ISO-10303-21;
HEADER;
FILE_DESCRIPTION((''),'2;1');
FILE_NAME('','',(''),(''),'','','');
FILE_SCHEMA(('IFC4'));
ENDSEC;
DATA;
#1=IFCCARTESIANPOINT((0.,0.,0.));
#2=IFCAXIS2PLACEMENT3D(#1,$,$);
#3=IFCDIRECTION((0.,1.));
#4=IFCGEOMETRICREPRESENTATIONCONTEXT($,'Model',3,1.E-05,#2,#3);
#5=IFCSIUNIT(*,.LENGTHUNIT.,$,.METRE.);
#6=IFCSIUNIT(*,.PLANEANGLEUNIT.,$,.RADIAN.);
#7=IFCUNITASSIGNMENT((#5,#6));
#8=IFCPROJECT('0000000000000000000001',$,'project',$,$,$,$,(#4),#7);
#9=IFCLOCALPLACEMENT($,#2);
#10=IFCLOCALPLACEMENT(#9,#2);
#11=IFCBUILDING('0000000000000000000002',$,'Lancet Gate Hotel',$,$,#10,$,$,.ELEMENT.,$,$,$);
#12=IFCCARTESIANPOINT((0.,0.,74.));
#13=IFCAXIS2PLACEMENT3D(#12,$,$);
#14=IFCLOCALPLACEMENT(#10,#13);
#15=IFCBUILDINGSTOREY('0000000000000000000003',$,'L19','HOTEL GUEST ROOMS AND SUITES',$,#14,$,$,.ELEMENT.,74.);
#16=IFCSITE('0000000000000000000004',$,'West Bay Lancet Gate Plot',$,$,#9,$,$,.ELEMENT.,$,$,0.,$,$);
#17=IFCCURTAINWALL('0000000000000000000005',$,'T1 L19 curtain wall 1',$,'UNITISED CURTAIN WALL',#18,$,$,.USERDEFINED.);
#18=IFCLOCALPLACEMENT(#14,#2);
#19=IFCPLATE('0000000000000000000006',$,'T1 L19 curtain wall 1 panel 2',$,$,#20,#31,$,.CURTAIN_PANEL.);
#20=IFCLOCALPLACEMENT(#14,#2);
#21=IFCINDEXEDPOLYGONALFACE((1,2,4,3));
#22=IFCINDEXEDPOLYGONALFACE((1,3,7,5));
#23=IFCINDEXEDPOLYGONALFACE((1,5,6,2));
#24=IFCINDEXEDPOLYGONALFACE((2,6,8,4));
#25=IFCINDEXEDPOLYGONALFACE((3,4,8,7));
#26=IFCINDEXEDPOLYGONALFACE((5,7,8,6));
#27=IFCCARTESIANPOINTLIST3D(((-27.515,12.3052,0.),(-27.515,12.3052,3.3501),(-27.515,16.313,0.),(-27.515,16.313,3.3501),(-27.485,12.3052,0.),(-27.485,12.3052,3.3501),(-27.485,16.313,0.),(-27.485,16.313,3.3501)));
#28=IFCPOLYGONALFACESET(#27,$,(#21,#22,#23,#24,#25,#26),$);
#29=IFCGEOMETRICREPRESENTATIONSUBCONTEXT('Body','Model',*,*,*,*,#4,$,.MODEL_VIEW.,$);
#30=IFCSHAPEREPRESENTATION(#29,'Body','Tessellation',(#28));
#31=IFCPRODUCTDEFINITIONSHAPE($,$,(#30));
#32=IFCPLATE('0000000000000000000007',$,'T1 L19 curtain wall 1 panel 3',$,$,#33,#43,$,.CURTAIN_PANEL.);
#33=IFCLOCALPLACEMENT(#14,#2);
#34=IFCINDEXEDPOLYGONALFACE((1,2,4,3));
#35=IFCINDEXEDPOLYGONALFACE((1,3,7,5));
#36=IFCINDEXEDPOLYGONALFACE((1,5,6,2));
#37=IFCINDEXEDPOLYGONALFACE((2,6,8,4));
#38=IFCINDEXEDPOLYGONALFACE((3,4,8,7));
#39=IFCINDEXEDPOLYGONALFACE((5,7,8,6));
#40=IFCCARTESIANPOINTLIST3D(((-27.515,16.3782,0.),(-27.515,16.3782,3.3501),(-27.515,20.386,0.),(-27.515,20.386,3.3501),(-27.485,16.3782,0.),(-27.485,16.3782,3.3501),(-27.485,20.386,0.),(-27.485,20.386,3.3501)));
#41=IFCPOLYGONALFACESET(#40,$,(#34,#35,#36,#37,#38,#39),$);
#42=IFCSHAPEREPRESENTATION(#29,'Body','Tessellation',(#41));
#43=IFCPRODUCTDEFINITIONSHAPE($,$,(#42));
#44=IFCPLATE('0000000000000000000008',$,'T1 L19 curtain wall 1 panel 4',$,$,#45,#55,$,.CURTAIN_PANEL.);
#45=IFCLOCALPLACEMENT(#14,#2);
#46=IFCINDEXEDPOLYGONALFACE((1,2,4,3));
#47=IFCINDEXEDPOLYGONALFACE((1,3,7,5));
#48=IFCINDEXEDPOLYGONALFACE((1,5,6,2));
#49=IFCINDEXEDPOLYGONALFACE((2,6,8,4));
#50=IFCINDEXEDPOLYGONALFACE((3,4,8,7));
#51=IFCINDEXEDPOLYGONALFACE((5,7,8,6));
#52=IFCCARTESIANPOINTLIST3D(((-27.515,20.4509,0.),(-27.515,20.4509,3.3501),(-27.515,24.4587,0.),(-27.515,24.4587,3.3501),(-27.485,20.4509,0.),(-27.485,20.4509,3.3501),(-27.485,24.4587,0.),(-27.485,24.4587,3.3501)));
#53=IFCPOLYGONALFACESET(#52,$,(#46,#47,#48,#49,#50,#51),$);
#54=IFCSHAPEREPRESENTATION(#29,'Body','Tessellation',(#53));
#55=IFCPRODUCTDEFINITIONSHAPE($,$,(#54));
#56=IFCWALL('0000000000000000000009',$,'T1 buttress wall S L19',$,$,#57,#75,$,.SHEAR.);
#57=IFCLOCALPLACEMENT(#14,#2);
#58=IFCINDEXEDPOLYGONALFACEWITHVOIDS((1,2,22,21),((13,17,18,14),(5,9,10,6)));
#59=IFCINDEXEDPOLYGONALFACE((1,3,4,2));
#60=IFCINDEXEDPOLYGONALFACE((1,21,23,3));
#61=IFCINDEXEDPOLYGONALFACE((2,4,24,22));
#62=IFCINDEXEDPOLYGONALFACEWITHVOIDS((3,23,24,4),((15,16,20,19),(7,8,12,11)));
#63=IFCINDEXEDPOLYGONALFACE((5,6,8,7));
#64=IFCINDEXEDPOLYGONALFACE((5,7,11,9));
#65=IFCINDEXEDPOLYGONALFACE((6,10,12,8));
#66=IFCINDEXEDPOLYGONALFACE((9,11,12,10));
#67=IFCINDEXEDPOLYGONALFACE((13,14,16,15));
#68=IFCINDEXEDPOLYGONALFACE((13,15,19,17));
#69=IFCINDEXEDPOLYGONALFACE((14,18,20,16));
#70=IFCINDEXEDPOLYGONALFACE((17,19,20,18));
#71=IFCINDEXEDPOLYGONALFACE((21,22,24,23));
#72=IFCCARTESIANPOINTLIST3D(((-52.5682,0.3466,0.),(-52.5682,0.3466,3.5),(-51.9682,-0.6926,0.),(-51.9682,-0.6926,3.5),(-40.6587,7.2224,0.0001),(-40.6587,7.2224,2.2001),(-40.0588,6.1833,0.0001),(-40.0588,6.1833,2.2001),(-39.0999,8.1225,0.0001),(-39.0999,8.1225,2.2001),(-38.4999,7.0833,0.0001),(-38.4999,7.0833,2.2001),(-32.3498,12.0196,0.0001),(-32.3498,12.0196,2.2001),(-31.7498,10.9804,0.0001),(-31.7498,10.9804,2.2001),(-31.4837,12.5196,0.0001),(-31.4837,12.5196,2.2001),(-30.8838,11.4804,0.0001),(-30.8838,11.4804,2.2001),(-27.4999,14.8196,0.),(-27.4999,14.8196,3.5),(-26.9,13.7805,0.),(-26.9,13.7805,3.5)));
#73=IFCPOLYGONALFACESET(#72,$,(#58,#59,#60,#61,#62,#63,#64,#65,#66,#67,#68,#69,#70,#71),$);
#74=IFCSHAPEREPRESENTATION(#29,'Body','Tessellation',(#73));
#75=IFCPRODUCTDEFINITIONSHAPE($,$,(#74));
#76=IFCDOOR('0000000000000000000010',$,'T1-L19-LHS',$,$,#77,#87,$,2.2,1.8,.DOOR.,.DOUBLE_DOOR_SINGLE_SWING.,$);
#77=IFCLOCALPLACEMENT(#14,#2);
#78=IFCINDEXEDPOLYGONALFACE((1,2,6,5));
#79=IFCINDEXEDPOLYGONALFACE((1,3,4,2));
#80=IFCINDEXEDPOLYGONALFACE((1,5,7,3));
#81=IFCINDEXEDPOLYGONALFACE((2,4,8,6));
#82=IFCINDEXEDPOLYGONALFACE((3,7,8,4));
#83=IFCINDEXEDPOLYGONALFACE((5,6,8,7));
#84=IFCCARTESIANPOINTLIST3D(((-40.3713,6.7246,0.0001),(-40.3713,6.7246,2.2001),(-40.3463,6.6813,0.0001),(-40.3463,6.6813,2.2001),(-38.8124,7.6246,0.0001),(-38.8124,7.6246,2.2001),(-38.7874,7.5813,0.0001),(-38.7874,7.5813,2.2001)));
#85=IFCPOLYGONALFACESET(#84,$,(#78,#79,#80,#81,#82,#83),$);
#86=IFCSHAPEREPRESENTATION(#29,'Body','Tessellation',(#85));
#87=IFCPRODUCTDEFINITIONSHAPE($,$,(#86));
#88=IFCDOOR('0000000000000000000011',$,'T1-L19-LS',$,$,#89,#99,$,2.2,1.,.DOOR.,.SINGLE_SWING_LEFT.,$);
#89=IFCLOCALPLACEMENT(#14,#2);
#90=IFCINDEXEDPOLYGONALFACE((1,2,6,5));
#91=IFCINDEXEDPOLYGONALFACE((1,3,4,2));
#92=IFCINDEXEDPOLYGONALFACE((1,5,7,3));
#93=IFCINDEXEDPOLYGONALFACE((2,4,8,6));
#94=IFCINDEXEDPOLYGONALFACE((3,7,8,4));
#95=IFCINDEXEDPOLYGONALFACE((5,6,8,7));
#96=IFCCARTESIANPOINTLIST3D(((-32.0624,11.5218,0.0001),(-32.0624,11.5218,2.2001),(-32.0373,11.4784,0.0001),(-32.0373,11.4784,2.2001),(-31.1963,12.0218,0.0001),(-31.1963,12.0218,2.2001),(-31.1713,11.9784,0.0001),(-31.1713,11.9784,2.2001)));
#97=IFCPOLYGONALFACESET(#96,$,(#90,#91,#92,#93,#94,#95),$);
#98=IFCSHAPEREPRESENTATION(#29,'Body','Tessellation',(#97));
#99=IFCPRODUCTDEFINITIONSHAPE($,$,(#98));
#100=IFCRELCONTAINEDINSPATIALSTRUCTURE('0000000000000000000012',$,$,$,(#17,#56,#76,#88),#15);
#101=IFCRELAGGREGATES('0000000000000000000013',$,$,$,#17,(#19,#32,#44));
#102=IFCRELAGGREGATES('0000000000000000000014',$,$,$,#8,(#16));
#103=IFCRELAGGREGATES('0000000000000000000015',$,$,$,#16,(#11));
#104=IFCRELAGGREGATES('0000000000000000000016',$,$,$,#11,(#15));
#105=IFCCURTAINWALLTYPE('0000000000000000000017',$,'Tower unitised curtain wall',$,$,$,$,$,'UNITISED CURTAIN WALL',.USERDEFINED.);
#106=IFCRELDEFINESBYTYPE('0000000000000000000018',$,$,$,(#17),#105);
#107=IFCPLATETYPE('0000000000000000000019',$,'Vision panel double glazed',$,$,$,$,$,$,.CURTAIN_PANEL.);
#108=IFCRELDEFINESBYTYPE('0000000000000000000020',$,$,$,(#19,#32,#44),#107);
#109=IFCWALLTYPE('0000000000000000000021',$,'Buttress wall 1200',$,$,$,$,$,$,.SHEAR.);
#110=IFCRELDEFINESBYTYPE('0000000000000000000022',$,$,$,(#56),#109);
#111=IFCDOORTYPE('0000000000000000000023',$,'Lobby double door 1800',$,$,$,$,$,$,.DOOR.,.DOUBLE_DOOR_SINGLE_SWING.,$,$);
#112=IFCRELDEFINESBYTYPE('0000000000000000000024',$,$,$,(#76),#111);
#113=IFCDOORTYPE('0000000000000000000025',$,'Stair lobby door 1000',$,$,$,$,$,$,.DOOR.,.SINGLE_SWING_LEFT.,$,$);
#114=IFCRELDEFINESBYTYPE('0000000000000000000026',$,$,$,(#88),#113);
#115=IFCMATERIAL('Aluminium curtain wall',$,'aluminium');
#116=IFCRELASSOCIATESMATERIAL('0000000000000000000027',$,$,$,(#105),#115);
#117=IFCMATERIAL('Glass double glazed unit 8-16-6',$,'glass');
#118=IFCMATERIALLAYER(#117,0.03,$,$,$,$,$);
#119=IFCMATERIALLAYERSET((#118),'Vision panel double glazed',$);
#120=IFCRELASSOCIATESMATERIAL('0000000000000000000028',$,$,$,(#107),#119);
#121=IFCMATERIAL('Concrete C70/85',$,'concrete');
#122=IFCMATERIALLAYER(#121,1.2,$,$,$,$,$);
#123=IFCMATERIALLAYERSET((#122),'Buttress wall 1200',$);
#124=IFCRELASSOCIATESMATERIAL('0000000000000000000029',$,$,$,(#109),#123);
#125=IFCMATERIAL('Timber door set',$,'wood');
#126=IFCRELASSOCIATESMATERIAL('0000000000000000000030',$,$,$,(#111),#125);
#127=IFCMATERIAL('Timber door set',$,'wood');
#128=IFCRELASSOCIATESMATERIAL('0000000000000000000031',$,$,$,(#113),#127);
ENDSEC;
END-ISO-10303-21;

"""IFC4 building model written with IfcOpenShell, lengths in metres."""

from ifc_helpers import new_model, si_unit, direction, frame, frame_2d, origin, origin_2d, place, context, subcontext, project, spatial, rectangle, extrude, material, layer, layer_set, type_object, element, fill, aggregate, save


model = new_model("IFC4")

# Units and contexts
model_context = context("Model", 3, precision=1e-05, world=origin(), true_north=direction((0.0, 1.0)))
body_context = subcontext(model_context, "Body", "Model", "MODEL_VIEW")
ifc_project = project(units=[si_unit("LENGTHUNIT", "METRE"), si_unit("PLANEANGLEUNIT", "RADIAN")], contexts=[model_context])

# Site, building, storey
site_placement = place(None, origin())
site = spatial("IfcSite", under=ifc_project, at=site_placement, Name="West Bay Lancet Gate Plot", CompositionType="ELEMENT", RefElevation=0.0)
building_placement = place(site_placement, origin())
building = spatial("IfcBuilding", under=site, at=building_placement, Name="Lancet Gate Hotel", CompositionType="ELEMENT")
storey_placement = place(building_placement, frame((0.0, 0.0, 74.0)))
storey = spatial("IfcBuildingStorey", under=building, at=storey_placement, Name="L19", Description="HOTEL GUEST ROOMS AND SUITES", CompositionType="ELEMENT", Elevation=74.0)

# Curtain wall
ifc_material_1 = material(Name="Aluminium curtain wall", Category="aluminium")
curtain_wall_type = type_object("IfcCurtainWallType", Name="Tower unitised curtain wall", ElementType="UNITISED CURTAIN WALL", PredefinedType="USERDEFINED", material=ifc_material_1)
curtain_wall_placement = place(storey_placement, origin())
curtain_wall = element("IfcCurtainWall", 1, at=curtain_wall_placement, inside=storey, type_object=curtain_wall_type, Name="T1 L19 curtain wall 1", ObjectType="UNITISED CURTAIN WALL", PredefinedType="USERDEFINED")

# Plates
ifc_material_2 = material(Name="Glass double glazed unit 8-16-6", Category="glass")
ifc_layer_1 = layer(ifc_material_2, 0.03)
ifc_layer_set_1 = layer_set([ifc_layer_1], Name="Vision panel double glazed")
plate_type = type_object("IfcPlateType", Name="Vision panel double glazed", PredefinedType="CURTAIN_PANEL", material=ifc_layer_set_1)
plate_1_placement = place(storey_placement, frame((-27.5, 14.3091, 0.0), z_axis=(0.0, 0.0, 1.0), x_axis=(0.0, 1.0, 0.0)))
plate_1 = element("IfcPlate", 2, at=plate_1_placement, type_object=plate_type, Name="T1 L19 curtain wall 1 panel 2", PredefinedType="CURTAIN_PANEL", context=body_context, shape_type="SweptSolid", body=[
    extrude(rectangle(XDim=4.0078, YDim=0.03, at=origin_2d()), origin(), (0.0, 0.0, 1.0), 3.3501),
])
plate_2_placement = place(storey_placement, frame((-27.5, 18.3821, 0.0), z_axis=(0.0, 0.0, 1.0), x_axis=(0.0, 1.0, 0.0)))
plate_2 = element("IfcPlate", 3, at=plate_2_placement, type_object=plate_type, Name="T1 L19 curtain wall 1 panel 3", PredefinedType="CURTAIN_PANEL", context=body_context, shape_type="SweptSolid", body=[
    extrude(rectangle(XDim=4.0078, YDim=0.03, at=origin_2d()), origin(), (0.0, 0.0, 1.0), 3.3501),
])
plate_3_placement = place(storey_placement, frame((-27.5, 22.4548, 0.0), z_axis=(0.0, 0.0, 1.0), x_axis=(0.0, 1.0, 0.0)))
plate_3 = element("IfcPlate", 4, at=plate_3_placement, type_object=plate_type, Name="T1 L19 curtain wall 1 panel 4", PredefinedType="CURTAIN_PANEL", context=body_context, shape_type="SweptSolid", body=[
    extrude(rectangle(XDim=4.0078, YDim=0.03, at=origin_2d()), origin(), (0.0, 0.0, 1.0), 3.3501),
])
aggregate(curtain_wall, [plate_1, plate_2, plate_3])

# Wall, openings, doors
ifc_material_3 = material(Name="Concrete C70/85", Category="concrete")
ifc_layer_2 = layer(ifc_material_3, 1.2)
ifc_layer_set_2 = layer_set([ifc_layer_2], Name="Buttress wall 1200")
wall_type = type_object("IfcWallType", Name="Buttress wall 1200", PredefinedType="SHEAR", material=ifc_layer_set_2)
wall_placement = place(storey_placement, frame((-27.2, 14.3, 0.0), z_axis=(0.0, 0.0, 1.0), x_axis=(-0.866027, -0.499998, 0.0)))
wall = element("IfcWall", 5, at=wall_placement, inside=storey, type_object=wall_type, Name="T1 buttress wall S L19", PredefinedType="SHEAR", context=body_context, shape_type="SweptSolid", body=[
    extrude(rectangle(XDim=28.9463, YDim=1.2, at=frame_2d((14.4731, 0.0))), origin(), (0.0, 0.0, 1.0), 3.5),
])
opening_1_placement = place(wall_placement, frame((4.6001, 0.0, 0.0)))
opening_1 = element("IfcOpeningElement", 6, at=opening_1_placement, cuts=wall, PredefinedType="OPENING", context=body_context, shape_type="SweptSolid", body=[
    extrude(rectangle(XDim=1.0, YDim=2.2, at=frame_2d((0.5, 1.1001))), frame((0.0, 0.6099, 0.0), z_axis=(0.0, -1.0, 0.0), x_axis=(1.0, 0.0, 0.0)), (0.0, 0.0, 1.0), 1.22),
])
opening_2_placement = place(wall_placement, frame((13.3945, 0.0, 0.0)))
opening_2 = element("IfcOpeningElement", 7, at=opening_2_placement, cuts=wall, PredefinedType="OPENING", context=body_context, shape_type="SweptSolid", body=[
    extrude(rectangle(XDim=1.8, YDim=2.2, at=frame_2d((0.8999, 1.1001))), frame((0.0, 0.6099, 0.0), z_axis=(0.0, -1.0, 0.0), x_axis=(1.0, 0.0, 0.0)), (0.0, 0.0, 1.0), 1.22),
])
ifc_material_4 = material(Name="Timber door set", Category="wood")
door_type_1 = type_object("IfcDoorType", Name="Lobby double door 1800", OperationType="DOUBLE_DOOR_SINGLE_SWING", PredefinedType="DOOR", material=ifc_material_4)
door_1_placement = place(opening_2_placement, origin())
door_1 = element("IfcDoor", 8, at=door_1_placement, inside=storey, type_object=door_type_1, Name="T1-L19-LHS", OperationType="DOUBLE_DOOR_SINGLE_SWING", OverallHeight=2.2, OverallWidth=1.8, PredefinedType="DOOR", context=body_context, shape_type="SweptSolid", body=[
    extrude(rectangle(XDim=1.8, YDim=2.2, at=frame_2d((0.8999, 1.1001))), frame((0.0, 0.0249, 0.0), z_axis=(0.0, -1.0, 0.0), x_axis=(1.0, 0.0, 0.0)), (0.0, 0.0, 1.0), 0.05),
])
fill(opening_2, door_1)
ifc_material_5 = material(Name="Timber door set", Category="wood")
door_type_2 = type_object("IfcDoorType", Name="Stair lobby door 1000", OperationType="SINGLE_SWING_LEFT", PredefinedType="DOOR", material=ifc_material_5)
door_2_placement = place(opening_1_placement, origin())
door_2 = element("IfcDoor", 9, at=door_2_placement, inside=storey, type_object=door_type_2, Name="T1-L19-LS", OperationType="SINGLE_SWING_LEFT", OverallHeight=2.2, OverallWidth=1.0, PredefinedType="DOOR", context=body_context, shape_type="SweptSolid", body=[
    extrude(rectangle(XDim=1.0, YDim=2.2, at=frame_2d((0.5, 1.1001))), frame((0.0, 0.0249, 0.0), z_axis=(0.0, -1.0, 0.0), x_axis=(1.0, 0.0, 0.0)), (0.0, 0.0, 1.0), 0.05),
])
fill(opening_1, door_2)

save(model, "model.ifc")
